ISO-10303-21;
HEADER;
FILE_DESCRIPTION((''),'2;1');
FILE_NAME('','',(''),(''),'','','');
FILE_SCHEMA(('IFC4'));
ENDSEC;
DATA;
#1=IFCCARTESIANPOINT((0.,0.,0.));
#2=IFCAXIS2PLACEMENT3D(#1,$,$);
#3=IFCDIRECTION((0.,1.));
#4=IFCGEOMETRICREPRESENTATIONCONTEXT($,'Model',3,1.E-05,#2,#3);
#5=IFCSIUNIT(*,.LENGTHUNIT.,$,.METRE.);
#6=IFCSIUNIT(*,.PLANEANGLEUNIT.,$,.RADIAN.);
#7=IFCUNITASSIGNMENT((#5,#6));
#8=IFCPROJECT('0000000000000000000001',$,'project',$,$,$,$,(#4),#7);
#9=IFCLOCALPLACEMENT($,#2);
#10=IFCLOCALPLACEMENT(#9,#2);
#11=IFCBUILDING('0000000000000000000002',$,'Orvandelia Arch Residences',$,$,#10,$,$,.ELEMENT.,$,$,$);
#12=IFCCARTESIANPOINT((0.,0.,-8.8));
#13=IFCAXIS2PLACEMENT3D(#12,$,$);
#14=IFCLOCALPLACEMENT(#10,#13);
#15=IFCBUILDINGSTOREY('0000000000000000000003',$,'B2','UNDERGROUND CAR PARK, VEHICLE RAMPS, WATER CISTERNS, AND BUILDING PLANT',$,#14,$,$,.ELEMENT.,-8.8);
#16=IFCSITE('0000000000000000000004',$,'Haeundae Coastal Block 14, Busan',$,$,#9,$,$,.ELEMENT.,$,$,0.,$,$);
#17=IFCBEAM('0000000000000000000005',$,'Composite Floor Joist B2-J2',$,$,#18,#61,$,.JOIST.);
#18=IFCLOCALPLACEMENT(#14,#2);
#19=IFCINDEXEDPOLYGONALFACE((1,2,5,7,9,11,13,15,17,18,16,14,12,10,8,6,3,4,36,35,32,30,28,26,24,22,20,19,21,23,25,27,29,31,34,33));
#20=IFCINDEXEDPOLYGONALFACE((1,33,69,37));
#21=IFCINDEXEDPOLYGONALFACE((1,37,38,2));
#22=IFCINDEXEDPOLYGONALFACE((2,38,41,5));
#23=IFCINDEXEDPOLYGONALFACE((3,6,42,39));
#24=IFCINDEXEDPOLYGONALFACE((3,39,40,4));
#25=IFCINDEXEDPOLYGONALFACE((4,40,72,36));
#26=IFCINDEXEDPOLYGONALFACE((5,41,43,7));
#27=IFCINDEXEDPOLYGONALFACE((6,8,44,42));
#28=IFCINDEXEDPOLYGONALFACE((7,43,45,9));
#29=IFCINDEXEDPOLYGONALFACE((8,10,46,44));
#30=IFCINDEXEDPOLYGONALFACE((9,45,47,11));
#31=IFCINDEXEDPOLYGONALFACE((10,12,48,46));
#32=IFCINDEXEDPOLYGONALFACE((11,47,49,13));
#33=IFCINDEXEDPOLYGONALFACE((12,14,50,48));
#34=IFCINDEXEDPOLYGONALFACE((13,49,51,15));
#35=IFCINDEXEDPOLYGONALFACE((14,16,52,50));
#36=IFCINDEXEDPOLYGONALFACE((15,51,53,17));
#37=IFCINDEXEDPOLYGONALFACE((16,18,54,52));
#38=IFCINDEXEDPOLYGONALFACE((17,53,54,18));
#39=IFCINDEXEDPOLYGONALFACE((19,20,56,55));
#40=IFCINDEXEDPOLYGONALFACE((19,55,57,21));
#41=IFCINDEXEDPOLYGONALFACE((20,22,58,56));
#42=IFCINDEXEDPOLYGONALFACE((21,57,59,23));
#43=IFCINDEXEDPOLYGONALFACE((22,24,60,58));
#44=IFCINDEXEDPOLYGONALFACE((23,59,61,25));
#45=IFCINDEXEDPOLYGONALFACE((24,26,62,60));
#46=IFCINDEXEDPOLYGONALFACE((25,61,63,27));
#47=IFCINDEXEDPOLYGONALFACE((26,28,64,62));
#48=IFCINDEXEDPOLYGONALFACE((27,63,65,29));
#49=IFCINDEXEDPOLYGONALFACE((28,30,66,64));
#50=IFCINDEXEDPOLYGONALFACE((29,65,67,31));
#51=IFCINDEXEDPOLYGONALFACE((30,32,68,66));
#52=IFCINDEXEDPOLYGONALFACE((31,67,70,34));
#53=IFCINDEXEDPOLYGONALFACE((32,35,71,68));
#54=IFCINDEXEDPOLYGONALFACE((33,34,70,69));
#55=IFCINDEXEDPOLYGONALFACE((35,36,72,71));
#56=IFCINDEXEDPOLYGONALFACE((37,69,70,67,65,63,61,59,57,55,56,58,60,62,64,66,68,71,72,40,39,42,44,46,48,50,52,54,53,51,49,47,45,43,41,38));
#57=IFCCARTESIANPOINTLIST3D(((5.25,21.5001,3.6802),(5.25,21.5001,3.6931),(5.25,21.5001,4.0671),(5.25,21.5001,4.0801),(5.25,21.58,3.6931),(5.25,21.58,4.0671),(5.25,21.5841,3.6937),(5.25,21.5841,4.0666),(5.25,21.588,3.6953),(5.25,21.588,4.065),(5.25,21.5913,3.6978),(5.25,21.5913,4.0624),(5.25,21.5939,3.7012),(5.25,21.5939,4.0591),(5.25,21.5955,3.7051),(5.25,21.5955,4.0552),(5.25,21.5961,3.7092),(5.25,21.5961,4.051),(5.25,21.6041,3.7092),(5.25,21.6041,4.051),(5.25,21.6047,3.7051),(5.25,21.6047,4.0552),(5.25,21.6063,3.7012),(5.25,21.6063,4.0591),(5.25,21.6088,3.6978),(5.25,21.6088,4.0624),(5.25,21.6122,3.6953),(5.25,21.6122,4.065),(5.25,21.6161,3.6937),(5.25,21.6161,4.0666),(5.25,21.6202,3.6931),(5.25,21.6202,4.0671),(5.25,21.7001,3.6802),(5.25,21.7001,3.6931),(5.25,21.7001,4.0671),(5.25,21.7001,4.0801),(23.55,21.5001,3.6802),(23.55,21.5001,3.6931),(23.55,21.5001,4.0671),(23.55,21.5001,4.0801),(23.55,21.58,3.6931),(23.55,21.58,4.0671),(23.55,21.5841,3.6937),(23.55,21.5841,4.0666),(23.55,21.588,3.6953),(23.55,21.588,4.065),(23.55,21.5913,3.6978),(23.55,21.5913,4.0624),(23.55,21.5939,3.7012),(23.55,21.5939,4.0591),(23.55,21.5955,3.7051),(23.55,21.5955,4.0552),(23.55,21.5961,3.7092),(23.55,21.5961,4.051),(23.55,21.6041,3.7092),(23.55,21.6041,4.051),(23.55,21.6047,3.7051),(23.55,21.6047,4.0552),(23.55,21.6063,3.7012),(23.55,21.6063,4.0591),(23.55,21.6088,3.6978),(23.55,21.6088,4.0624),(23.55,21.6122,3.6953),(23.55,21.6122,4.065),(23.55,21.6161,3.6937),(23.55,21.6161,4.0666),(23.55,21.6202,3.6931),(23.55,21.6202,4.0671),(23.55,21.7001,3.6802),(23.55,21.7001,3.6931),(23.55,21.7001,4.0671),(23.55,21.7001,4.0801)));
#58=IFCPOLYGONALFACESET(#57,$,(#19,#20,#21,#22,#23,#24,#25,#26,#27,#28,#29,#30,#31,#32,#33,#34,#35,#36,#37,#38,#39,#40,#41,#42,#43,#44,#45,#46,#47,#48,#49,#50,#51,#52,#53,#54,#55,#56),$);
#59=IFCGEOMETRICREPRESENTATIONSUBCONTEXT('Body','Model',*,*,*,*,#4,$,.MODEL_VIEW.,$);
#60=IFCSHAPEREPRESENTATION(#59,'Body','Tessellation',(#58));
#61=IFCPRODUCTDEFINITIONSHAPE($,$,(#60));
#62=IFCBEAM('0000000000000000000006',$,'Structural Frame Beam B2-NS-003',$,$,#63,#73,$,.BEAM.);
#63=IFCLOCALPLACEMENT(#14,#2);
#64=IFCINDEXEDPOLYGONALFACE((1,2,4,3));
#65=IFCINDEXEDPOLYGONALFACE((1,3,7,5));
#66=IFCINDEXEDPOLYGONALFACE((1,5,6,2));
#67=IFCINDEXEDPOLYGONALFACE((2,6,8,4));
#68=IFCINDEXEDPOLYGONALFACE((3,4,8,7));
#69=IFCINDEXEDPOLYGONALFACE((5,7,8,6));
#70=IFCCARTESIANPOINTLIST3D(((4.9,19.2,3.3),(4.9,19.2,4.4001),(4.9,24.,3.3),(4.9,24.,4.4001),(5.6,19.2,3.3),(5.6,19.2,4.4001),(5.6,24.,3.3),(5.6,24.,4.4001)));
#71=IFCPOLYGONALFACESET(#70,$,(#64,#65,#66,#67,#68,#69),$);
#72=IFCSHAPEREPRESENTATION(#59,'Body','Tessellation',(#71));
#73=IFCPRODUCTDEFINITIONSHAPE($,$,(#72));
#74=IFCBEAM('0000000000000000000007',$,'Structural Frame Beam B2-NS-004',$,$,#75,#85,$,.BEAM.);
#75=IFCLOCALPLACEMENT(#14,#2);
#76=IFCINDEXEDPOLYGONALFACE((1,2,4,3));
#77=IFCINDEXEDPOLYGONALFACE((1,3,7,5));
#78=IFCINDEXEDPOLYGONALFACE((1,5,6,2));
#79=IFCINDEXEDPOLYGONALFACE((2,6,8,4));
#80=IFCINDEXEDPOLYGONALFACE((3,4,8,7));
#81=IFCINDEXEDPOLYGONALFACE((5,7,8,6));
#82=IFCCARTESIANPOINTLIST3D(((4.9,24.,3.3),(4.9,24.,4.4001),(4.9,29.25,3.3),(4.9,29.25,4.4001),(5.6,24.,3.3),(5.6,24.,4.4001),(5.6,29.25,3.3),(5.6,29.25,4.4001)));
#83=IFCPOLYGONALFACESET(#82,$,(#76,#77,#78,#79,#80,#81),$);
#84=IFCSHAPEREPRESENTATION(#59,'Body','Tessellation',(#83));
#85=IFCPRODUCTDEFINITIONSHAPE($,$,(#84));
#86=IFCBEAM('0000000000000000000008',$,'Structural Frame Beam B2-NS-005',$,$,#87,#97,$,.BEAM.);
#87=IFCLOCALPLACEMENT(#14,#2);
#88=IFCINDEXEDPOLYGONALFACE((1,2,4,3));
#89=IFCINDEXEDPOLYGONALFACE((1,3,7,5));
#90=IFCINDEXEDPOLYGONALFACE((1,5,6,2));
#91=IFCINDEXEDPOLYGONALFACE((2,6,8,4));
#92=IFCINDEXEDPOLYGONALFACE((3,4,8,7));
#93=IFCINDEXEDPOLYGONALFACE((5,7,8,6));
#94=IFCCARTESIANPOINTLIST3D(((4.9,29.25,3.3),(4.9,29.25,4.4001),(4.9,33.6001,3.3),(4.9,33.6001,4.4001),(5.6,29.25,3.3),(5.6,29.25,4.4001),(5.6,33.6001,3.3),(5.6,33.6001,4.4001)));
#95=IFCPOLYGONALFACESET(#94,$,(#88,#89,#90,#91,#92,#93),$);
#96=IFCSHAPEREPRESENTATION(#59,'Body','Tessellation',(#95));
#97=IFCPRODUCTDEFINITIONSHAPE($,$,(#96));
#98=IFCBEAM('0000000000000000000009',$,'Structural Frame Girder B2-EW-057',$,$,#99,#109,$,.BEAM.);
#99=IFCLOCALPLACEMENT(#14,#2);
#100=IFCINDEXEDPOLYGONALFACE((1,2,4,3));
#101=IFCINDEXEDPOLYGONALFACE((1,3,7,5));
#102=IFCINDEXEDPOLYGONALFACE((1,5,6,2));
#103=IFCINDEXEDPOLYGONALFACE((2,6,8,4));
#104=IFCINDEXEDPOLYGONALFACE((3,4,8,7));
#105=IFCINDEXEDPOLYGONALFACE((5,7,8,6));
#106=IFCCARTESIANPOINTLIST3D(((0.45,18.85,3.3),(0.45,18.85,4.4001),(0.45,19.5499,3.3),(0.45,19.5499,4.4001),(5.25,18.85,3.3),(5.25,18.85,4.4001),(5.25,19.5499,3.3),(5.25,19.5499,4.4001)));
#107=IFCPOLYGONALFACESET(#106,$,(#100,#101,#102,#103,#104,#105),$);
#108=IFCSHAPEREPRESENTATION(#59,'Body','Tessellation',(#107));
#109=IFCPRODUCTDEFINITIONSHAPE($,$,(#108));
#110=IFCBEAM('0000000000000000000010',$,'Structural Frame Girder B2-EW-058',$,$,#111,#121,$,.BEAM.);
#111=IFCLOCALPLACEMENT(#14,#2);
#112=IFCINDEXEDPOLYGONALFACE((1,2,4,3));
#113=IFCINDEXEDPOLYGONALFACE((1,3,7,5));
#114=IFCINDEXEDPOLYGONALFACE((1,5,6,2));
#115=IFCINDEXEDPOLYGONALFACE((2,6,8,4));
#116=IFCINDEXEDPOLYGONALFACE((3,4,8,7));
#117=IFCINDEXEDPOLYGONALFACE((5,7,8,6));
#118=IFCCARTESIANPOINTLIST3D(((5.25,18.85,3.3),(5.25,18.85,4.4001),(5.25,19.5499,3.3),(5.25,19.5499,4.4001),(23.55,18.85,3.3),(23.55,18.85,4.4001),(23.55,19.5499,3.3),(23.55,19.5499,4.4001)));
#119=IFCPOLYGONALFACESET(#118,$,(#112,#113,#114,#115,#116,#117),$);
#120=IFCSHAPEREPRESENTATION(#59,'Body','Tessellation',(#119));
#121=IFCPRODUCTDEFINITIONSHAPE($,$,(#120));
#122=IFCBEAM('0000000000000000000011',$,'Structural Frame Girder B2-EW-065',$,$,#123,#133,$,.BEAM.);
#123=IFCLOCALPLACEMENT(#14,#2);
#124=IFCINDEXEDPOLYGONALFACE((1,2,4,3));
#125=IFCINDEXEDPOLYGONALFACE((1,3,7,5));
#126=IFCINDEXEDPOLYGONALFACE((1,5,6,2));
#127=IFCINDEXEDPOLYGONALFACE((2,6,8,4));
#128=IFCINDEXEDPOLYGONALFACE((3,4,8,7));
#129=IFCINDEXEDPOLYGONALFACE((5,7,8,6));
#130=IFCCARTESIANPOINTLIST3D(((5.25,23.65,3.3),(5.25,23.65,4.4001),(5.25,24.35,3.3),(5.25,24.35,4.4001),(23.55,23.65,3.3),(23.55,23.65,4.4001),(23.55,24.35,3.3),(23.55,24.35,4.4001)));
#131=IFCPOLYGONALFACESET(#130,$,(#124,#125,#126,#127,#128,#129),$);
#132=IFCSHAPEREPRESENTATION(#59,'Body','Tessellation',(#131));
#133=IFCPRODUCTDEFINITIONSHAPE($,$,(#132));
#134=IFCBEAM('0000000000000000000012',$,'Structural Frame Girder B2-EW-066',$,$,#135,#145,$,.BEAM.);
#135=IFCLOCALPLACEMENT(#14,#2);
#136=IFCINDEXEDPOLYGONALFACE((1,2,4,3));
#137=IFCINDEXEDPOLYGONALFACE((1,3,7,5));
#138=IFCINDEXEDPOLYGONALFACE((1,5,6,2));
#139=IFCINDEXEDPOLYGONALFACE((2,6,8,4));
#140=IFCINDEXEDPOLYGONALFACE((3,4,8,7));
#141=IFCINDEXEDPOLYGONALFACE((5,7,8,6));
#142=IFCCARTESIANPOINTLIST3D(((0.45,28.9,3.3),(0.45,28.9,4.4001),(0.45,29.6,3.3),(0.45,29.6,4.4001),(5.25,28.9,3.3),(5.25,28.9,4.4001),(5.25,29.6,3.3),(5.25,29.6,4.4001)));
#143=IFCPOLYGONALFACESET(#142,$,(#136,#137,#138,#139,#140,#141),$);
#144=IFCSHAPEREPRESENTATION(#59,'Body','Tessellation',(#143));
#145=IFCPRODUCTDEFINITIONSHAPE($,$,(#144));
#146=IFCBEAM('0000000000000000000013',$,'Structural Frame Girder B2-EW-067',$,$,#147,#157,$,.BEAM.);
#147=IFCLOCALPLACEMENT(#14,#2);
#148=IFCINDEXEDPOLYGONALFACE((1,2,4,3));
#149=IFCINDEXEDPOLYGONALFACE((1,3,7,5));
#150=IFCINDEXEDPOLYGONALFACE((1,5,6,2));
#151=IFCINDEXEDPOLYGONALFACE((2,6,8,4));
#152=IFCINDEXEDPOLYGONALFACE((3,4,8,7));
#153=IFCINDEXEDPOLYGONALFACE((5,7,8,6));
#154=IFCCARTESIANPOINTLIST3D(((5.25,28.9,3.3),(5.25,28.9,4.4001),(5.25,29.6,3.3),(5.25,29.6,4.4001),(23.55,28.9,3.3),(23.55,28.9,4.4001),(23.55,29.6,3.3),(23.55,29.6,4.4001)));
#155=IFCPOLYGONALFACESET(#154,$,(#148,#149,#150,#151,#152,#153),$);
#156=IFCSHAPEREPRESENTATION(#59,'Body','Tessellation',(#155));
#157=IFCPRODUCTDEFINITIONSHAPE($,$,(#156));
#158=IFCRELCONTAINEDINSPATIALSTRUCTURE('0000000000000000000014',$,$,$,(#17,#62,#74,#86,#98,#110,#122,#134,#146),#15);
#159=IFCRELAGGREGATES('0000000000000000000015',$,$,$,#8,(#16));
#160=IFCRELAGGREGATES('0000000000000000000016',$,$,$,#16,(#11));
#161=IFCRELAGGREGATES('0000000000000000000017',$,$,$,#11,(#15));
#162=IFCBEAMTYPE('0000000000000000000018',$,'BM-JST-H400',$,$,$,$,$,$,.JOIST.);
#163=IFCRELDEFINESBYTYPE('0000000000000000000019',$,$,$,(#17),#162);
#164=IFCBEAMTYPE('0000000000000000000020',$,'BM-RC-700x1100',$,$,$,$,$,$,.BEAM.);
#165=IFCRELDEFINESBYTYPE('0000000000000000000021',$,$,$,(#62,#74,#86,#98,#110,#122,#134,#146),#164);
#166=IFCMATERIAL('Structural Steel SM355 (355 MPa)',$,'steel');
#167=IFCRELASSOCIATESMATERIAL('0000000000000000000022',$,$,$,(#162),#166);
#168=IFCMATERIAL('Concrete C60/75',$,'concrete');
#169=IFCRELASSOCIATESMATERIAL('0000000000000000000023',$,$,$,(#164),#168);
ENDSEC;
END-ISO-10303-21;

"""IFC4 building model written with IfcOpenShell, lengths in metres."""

from ifc_helpers import new_model, si_unit, direction, frame, origin, origin_2d, place, context, subcontext, project, spatial, rectangle, i_section, extrude, material, material_profile, profile_set, type_object, element, save


model = new_model("IFC4")

# Units and contexts
model_context = context("Model", 3, precision=1e-05, world=origin(), true_north=direction((0.0, 1.0)))
body_context = subcontext(model_context, "Body", "Model", "MODEL_VIEW")
ifc_project = project(units=[si_unit("LENGTHUNIT", "METRE"), si_unit("PLANEANGLEUNIT", "RADIAN")], contexts=[model_context])

# Site, building, storey
site_placement = place(None, origin())
site = spatial("IfcSite", under=ifc_project, at=site_placement, Name="Haeundae Coastal Block 14, Busan", CompositionType="ELEMENT", RefElevation=0.0)
building_placement = place(site_placement, origin())
building = spatial("IfcBuilding", under=site, at=building_placement, Name="Orvandelia Arch Residences", CompositionType="ELEMENT")
storey_placement = place(building_placement, frame((0.0, 0.0, -8.8)))
storey = spatial("IfcBuildingStorey", under=building, at=storey_placement, Name="B2", Description="UNDERGROUND CAR PARK, VEHICLE RAMPS, WATER CISTERNS, AND BUILDING PLANT", CompositionType="ELEMENT", Elevation=-8.8)

# Shared definitions
ifc_material_1 = material(Name="Concrete C60/75", Category="concrete")

# Beams
ifc_material_2 = material(Name="Structural Steel SM355 (355 MPa)", Category="steel")
ifc_material_profile_1 = material_profile(ifc_material_2, i_section(OverallWidth=0.2, OverallDepth=0.3999, WebThickness=0.0081, FlangeThickness=0.0129, FilletRadius=0.0161, at=origin_2d()), Name="Structural Steel SM355 (355 MPa)", Category="steel")
ifc_profile_set_1 = profile_set([ifc_material_profile_1], Name="Structural Steel SM355 (355 MPa)")
beam_type_1 = type_object("IfcBeamType", Name="BM-JST-H400", PredefinedType="JOIST", material=ifc_profile_set_1)
for number, where, z_axis, x_axis, name in (
    (1, (5.25, 21.6001, 3.8801), (1.0, 0.0, 0.0), (0.0, 1.0, 0.0), "Composite Floor Joist B2-J2"),
):
    element("IfcBeam", number, at=place(storey_placement, frame(where, z_axis=z_axis, x_axis=x_axis)), inside=storey, type_object=beam_type_1, Name=name, PredefinedType="JOIST", context=body_context, shape_type="SweptSolid", body=[
        extrude(i_section(OverallWidth=0.2, OverallDepth=0.3999, WebThickness=0.0081, FlangeThickness=0.0129, FilletRadius=0.0161, at=origin_2d()), origin(), (0.0, 0.0, 1.0), 18.3),
    ])
ifc_material_profile_2 = material_profile(ifc_material_1, rectangle(XDim=0.7, YDim=1.1001, at=origin_2d()), Name="Concrete C60/75", Category="concrete")
ifc_profile_set_2 = profile_set([ifc_material_profile_2], Name="Concrete C60/75")
beam_type_2 = type_object("IfcBeamType", Name="BM-RC-700x1100", PredefinedType="BEAM", material=ifc_profile_set_2)
beam_1_placement = place(storey_placement, frame((5.25, 19.2, 3.8501), z_axis=(0.0, 1.0, 0.0), x_axis=(-1.0, 0.0, 0.0)))
element("IfcBeam", 2, at=beam_1_placement, inside=storey, type_object=beam_type_2, Name="Structural Frame Beam B2-NS-003", PredefinedType="BEAM", context=body_context, shape_type="SweptSolid", body=[
    extrude(rectangle(XDim=0.7, YDim=1.1001, at=origin_2d()), origin(), (0.0, 0.0, 1.0), 4.8),
])
beam_2_placement = place(storey_placement, frame((5.25, 24.0, 3.8501), z_axis=(0.0, 1.0, 0.0), x_axis=(-1.0, 0.0, 0.0)))
element("IfcBeam", 3, at=beam_2_placement, inside=storey, type_object=beam_type_2, Name="Structural Frame Beam B2-NS-004", PredefinedType="BEAM", context=body_context, shape_type="SweptSolid", body=[
    extrude(rectangle(XDim=0.7, YDim=1.1001, at=origin_2d()), origin(), (0.0, 0.0, 1.0), 5.25),
])
beam_3_placement = place(storey_placement, frame((5.25, 29.25, 3.8501), z_axis=(0.0, 1.0, 0.0), x_axis=(-1.0, 0.0, 0.0)))
element("IfcBeam", 4, at=beam_3_placement, inside=storey, type_object=beam_type_2, Name="Structural Frame Beam B2-NS-005", PredefinedType="BEAM", context=body_context, shape_type="SweptSolid", body=[
    extrude(rectangle(XDim=0.7, YDim=1.1001, at=origin_2d()), origin(), (0.0, 0.0, 1.0), 4.3501),
])
beam_4_placement = place(storey_placement, frame((0.45, 19.2, 3.8501), z_axis=(1.0, 0.0, 0.0), x_axis=(0.0, 1.0, 0.0)))
element("IfcBeam", 5, at=beam_4_placement, inside=storey, type_object=beam_type_2, Name="Structural Frame Girder B2-EW-057", PredefinedType="BEAM", context=body_context, shape_type="SweptSolid", body=[
    extrude(rectangle(XDim=0.7, YDim=1.1001, at=origin_2d()), origin(), (0.0, 0.0, 1.0), 4.8),
])
for number, where, z_axis, x_axis, name in (
    (6, (5.25, 19.2, 3.8501), (1.0, 0.0, 0.0), (0.0, 1.0, 0.0), "Structural Frame Girder B2-EW-058"),
    (7, (5.25, 24.0, 3.8501), (1.0, 0.0, 0.0), (0.0, 1.0, 0.0), "Structural Frame Girder B2-EW-065"),
):
    element("IfcBeam", number, at=place(storey_placement, frame(where, z_axis=z_axis, x_axis=x_axis)), inside=storey, type_object=beam_type_2, Name=name, PredefinedType="BEAM", context=body_context, shape_type="SweptSolid", body=[
        extrude(rectangle(XDim=0.7, YDim=1.1001, at=origin_2d()), origin(), (0.0, 0.0, 1.0), 18.3),
    ])
beam_5_placement = place(storey_placement, frame((0.45, 29.25, 3.8501), z_axis=(1.0, 0.0, 0.0), x_axis=(0.0, 1.0, 0.0)))
element("IfcBeam", 8, at=beam_5_placement, inside=storey, type_object=beam_type_2, Name="Structural Frame Girder B2-EW-066", PredefinedType="BEAM", context=body_context, shape_type="SweptSolid", body=[
    extrude(rectangle(XDim=0.7, YDim=1.1001, at=origin_2d()), origin(), (0.0, 0.0, 1.0), 4.8),
])
beam_6_placement = place(storey_placement, frame((5.25, 29.25, 3.8501), z_axis=(1.0, 0.0, 0.0), x_axis=(0.0, 1.0, 0.0)))
element("IfcBeam", 9, at=beam_6_placement, inside=storey, type_object=beam_type_2, Name="Structural Frame Girder B2-EW-067", PredefinedType="BEAM", context=body_context, shape_type="SweptSolid", body=[
    extrude(rectangle(XDim=0.7, YDim=1.1001, at=origin_2d()), origin(), (0.0, 0.0, 1.0), 18.3),
])

save(model, "model.ifc")
